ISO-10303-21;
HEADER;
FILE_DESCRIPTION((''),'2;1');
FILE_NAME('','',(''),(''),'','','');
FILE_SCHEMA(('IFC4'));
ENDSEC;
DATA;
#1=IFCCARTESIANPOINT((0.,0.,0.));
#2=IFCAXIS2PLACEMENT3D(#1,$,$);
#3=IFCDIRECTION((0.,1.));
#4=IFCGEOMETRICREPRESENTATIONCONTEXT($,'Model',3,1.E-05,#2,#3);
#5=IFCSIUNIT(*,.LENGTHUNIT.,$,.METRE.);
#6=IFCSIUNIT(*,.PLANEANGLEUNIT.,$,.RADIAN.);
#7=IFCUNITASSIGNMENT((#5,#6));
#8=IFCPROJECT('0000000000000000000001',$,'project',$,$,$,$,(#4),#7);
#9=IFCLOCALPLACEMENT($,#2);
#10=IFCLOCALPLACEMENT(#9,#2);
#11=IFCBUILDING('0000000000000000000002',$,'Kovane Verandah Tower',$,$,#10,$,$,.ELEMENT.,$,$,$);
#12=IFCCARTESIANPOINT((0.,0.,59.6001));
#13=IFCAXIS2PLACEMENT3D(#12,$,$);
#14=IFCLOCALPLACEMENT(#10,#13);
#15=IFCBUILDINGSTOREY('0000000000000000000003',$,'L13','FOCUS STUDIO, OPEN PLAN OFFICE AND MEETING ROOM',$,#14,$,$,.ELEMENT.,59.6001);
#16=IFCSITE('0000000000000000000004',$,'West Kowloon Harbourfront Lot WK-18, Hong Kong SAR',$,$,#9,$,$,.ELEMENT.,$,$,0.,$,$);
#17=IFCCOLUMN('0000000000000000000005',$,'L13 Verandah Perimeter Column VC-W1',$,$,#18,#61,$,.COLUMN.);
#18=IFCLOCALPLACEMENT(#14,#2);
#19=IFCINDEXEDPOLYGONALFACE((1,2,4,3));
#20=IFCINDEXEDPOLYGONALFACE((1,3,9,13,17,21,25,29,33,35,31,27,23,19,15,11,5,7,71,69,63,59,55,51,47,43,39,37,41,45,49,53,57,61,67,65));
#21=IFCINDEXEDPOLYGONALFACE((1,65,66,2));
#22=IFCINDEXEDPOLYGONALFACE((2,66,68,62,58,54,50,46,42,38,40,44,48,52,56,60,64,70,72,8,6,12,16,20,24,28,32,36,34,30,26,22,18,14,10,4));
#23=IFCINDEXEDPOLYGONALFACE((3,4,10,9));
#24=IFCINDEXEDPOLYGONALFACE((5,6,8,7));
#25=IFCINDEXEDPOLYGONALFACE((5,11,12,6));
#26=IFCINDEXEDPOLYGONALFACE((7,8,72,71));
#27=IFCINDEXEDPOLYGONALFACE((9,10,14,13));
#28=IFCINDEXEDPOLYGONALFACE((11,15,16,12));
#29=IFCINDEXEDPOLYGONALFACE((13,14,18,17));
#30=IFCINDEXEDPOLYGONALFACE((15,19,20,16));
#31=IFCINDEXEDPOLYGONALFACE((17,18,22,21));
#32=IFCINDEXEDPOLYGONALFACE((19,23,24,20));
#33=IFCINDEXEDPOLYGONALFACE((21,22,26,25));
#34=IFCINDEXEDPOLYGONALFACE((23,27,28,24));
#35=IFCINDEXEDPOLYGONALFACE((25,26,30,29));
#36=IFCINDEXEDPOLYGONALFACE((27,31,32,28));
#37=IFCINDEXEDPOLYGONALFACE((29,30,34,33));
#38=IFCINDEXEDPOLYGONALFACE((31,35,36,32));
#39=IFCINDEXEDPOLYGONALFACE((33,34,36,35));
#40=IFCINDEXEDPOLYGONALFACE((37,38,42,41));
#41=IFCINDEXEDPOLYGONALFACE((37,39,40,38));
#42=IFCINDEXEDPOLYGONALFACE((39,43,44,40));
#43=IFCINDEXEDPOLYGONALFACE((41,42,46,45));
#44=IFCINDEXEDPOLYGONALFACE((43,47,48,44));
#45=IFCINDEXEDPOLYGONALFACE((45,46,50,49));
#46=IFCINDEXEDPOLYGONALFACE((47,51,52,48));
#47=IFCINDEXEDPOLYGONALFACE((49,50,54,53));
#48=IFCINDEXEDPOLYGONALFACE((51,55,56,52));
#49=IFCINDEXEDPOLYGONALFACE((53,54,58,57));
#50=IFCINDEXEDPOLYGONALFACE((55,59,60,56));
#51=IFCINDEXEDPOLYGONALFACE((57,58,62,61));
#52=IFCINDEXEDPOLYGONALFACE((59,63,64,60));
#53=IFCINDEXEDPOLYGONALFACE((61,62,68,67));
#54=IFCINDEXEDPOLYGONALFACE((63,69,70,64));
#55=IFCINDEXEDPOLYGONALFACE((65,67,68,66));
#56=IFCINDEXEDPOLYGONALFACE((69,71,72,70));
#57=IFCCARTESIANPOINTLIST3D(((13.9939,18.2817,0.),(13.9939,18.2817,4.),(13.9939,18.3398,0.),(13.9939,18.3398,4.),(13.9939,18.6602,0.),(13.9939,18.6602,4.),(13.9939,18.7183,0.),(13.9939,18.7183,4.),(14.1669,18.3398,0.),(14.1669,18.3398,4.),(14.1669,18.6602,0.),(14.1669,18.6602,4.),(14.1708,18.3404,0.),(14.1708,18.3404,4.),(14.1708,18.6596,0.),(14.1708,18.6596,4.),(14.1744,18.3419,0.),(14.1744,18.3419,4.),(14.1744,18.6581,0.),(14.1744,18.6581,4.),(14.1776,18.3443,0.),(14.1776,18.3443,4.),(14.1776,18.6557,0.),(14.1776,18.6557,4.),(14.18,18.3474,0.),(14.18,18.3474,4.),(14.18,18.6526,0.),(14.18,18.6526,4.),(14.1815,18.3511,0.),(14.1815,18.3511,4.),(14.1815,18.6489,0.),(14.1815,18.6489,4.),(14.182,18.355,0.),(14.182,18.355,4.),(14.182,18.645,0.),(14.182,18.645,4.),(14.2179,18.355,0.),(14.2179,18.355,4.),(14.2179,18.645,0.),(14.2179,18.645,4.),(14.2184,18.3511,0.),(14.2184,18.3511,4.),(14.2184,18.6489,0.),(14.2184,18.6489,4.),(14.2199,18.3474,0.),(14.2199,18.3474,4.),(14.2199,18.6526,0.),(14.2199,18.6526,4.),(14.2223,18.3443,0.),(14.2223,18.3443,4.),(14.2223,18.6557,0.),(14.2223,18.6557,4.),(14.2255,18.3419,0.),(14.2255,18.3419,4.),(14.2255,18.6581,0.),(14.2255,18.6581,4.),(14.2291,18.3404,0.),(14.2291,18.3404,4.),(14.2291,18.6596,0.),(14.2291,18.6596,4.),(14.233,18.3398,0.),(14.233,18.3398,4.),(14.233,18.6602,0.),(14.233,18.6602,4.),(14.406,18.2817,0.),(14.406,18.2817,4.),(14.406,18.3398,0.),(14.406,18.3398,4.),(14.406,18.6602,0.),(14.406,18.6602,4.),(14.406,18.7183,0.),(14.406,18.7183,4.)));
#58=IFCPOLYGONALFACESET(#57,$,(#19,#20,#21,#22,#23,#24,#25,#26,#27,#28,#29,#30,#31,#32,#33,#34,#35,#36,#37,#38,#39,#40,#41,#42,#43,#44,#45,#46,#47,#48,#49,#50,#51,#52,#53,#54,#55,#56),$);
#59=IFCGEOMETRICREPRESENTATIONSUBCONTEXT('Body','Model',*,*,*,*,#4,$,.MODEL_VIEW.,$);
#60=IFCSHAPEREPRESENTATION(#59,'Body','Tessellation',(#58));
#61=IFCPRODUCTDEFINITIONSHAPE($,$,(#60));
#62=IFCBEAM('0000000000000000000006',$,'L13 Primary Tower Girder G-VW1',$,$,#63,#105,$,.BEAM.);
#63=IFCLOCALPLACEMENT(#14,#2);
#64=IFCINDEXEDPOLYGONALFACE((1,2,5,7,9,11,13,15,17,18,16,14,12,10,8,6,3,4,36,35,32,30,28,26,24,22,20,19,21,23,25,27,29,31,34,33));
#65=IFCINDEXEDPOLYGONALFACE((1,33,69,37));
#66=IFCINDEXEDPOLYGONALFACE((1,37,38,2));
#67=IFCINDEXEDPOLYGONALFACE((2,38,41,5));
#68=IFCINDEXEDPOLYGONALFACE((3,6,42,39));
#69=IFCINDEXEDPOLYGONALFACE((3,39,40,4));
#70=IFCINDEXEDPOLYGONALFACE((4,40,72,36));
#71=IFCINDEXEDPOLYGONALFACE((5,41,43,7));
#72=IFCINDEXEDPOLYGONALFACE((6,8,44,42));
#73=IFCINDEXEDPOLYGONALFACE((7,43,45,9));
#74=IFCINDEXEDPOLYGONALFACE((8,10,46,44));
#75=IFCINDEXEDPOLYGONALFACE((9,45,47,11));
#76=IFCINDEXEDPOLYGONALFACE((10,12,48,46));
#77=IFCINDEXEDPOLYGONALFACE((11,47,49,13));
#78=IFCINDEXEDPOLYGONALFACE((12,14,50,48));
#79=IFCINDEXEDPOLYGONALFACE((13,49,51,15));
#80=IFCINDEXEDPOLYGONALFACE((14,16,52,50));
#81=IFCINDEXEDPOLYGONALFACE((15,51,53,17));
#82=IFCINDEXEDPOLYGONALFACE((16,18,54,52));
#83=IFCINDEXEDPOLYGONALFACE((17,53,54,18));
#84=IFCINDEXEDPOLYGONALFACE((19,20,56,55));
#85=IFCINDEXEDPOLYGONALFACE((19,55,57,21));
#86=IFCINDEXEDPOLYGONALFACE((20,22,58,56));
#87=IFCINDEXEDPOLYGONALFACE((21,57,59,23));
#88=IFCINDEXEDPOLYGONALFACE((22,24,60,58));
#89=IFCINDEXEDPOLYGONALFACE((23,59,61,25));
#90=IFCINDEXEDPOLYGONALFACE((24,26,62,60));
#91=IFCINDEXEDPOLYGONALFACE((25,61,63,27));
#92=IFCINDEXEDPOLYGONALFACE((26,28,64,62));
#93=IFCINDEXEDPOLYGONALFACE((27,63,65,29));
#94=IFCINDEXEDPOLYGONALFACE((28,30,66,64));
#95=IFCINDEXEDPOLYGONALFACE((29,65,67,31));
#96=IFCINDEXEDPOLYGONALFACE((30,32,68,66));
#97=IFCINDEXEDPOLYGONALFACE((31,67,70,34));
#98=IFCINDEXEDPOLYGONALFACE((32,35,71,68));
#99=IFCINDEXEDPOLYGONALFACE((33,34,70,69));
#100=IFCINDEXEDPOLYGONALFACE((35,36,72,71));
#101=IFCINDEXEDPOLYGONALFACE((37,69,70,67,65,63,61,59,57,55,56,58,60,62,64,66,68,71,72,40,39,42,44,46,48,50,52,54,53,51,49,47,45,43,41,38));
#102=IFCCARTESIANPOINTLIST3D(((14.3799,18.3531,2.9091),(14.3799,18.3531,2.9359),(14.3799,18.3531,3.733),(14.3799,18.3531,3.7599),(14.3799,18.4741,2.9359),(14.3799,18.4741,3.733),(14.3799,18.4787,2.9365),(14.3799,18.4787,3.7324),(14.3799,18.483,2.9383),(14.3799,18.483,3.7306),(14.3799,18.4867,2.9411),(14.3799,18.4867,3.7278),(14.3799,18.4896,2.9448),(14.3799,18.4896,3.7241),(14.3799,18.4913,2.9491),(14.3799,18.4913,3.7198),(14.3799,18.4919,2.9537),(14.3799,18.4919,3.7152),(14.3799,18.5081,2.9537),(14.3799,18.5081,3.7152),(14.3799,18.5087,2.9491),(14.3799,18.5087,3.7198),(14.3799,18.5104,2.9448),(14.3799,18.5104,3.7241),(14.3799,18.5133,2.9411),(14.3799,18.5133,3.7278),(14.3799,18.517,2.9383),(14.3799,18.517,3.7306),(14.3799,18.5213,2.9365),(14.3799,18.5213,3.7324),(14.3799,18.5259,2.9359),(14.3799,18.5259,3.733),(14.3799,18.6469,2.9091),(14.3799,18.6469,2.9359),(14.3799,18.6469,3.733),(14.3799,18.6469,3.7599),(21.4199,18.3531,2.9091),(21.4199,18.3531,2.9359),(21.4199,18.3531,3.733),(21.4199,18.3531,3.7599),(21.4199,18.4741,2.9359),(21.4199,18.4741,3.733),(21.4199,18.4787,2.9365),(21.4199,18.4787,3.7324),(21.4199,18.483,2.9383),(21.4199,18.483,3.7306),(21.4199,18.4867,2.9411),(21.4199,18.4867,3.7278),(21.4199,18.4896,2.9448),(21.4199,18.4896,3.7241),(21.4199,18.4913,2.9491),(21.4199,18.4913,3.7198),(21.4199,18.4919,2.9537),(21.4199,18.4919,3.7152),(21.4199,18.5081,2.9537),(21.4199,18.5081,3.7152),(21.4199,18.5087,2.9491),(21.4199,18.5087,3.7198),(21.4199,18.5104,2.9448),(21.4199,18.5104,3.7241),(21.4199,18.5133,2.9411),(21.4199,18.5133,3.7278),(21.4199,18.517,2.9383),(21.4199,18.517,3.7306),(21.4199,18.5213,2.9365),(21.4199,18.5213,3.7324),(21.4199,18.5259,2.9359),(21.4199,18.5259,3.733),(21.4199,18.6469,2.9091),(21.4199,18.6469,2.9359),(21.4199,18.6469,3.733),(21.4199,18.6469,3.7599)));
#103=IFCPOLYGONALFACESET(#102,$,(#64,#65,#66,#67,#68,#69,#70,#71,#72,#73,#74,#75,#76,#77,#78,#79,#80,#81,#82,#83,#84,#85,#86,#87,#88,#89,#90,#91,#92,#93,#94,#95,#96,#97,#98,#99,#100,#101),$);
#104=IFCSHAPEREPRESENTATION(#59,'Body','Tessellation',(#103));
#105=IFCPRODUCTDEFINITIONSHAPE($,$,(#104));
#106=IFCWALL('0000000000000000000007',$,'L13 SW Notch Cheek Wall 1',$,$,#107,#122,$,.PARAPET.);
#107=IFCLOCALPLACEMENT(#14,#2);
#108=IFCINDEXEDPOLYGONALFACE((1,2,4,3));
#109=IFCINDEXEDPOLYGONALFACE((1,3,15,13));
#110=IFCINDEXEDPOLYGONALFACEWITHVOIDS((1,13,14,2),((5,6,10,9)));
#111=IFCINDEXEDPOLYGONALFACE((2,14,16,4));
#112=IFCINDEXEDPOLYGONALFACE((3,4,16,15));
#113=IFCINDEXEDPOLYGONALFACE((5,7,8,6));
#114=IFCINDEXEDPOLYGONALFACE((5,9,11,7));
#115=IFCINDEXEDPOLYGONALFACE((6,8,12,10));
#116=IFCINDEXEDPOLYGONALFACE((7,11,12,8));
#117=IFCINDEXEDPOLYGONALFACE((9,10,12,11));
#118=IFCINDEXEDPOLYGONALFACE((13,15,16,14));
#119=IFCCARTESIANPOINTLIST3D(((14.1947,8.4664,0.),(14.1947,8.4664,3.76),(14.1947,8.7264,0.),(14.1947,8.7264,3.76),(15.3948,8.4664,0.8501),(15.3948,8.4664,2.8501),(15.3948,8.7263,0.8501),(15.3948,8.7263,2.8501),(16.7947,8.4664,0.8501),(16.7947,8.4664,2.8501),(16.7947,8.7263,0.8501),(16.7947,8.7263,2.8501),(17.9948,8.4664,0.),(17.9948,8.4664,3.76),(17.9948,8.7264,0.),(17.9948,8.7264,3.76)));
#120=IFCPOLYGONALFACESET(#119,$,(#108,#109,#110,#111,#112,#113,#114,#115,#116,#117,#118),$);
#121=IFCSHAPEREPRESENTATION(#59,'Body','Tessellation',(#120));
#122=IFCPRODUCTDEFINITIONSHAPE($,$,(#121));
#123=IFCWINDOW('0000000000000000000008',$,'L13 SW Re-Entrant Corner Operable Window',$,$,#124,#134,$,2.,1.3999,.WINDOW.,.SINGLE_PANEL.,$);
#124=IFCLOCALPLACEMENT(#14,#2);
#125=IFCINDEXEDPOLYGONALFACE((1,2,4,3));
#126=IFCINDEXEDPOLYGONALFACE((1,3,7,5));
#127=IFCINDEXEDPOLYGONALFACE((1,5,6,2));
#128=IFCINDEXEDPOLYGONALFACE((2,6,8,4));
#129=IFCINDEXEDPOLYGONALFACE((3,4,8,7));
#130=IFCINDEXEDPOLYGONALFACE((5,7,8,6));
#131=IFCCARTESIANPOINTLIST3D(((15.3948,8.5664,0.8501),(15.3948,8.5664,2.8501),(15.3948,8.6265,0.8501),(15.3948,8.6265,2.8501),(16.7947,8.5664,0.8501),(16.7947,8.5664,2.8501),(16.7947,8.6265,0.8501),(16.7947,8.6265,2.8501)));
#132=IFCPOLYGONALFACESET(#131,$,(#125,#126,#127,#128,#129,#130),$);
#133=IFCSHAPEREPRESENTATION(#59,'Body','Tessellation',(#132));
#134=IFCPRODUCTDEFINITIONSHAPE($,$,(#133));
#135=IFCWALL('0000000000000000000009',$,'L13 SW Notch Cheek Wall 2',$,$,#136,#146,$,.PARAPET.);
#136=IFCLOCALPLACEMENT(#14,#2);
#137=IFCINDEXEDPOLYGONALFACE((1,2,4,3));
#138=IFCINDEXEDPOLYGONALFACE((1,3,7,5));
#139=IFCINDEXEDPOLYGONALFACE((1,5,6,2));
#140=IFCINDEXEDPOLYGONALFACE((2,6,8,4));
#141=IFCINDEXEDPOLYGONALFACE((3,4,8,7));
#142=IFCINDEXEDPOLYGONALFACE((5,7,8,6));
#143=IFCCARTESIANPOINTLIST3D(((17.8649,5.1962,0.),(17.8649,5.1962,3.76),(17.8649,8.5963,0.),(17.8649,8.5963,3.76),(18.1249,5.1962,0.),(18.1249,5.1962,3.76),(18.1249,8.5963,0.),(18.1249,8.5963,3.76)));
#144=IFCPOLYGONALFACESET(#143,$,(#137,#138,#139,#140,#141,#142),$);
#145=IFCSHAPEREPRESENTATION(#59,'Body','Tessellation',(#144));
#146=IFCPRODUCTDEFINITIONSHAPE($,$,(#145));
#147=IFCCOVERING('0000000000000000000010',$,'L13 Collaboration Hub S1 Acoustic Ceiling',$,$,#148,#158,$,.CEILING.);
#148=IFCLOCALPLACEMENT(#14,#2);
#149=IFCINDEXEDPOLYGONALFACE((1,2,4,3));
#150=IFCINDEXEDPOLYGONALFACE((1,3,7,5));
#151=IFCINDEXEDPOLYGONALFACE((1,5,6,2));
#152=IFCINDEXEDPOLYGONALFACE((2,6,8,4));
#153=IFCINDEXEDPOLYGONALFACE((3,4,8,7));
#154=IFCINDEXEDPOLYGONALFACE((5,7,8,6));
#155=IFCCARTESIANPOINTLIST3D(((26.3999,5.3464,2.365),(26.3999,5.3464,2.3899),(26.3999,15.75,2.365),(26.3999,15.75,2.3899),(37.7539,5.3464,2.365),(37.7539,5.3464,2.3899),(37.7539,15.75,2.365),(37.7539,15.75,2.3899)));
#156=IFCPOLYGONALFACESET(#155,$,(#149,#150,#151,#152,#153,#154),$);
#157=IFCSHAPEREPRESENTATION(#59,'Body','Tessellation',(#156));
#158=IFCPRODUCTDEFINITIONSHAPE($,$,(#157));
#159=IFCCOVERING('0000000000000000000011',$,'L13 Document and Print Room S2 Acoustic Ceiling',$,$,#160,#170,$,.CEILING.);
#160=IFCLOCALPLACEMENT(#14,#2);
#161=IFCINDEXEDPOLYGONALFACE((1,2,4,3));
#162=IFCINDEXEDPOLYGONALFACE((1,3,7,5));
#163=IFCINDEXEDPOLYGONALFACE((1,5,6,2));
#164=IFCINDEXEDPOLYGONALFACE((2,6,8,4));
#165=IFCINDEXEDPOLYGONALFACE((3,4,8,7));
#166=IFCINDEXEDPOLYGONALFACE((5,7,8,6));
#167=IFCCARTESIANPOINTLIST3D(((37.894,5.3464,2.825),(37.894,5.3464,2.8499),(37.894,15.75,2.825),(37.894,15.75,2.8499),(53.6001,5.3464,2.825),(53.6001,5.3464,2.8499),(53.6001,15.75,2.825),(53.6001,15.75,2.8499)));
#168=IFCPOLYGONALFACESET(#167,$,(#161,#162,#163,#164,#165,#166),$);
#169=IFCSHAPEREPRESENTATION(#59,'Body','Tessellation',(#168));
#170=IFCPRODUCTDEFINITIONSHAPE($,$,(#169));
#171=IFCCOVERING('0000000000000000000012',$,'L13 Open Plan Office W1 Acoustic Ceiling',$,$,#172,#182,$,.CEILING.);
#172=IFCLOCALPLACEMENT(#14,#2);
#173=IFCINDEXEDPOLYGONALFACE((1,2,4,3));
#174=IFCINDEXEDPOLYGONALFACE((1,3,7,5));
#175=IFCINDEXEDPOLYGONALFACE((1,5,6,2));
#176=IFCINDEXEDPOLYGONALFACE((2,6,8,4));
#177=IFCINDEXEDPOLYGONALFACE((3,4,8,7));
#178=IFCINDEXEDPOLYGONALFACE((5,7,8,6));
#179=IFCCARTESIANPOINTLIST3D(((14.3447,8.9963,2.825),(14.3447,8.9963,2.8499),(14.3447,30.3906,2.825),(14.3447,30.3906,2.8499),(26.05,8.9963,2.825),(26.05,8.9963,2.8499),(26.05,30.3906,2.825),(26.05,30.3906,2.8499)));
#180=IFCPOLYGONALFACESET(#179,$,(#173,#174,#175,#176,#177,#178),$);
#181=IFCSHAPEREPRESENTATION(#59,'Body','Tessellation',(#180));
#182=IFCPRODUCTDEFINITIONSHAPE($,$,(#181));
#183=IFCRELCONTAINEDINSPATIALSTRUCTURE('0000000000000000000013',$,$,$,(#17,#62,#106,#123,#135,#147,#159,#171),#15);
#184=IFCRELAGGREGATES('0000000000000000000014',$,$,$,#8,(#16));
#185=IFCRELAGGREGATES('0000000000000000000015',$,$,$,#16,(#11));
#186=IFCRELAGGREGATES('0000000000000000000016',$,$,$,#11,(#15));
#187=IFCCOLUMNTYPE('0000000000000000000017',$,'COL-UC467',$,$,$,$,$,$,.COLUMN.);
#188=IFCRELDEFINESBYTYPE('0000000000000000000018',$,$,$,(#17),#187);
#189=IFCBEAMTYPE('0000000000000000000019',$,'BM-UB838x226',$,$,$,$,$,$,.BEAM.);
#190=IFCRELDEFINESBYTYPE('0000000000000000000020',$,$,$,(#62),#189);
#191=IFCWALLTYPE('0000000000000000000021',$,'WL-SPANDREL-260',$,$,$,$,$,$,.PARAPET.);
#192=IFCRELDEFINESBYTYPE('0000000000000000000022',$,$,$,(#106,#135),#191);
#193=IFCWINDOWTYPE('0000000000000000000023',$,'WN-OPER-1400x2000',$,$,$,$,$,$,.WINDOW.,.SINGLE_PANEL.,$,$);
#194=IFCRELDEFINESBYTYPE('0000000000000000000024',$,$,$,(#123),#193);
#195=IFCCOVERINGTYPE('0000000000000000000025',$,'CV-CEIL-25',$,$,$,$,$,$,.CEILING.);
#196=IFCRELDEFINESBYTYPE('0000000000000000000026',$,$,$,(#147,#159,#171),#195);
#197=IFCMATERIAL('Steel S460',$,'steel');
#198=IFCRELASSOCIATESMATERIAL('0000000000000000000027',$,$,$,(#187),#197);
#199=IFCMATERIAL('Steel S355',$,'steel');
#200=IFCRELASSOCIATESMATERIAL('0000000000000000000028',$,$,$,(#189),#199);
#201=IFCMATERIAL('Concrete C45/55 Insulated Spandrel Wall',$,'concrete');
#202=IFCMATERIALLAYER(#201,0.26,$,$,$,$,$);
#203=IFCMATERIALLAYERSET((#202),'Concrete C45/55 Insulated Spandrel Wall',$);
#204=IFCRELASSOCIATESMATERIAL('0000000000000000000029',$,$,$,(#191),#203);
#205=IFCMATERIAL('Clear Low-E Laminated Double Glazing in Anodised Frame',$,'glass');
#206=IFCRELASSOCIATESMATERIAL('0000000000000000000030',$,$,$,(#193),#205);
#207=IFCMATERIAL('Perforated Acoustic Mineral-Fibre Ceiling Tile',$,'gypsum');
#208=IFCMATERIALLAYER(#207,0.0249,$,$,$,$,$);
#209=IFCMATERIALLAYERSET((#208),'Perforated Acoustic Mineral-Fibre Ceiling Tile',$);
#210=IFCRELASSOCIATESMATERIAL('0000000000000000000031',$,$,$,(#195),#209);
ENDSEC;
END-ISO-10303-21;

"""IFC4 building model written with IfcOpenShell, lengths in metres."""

from ifc_helpers import new_model, si_unit, direction, frame, frame_2d, origin, origin_2d, place, context, subcontext, project, spatial, polyline, rectangle, i_section, outline, extrude, material, layer, layer_set, material_profile, profile_set, type_object, element, fill, save


model = new_model("IFC4")

# Units and contexts
model_context = context("Model", 3, precision=1e-05, world=origin(), true_north=direction((0.0, 1.0)))
body_context = subcontext(model_context, "Body", "Model", "MODEL_VIEW")
ifc_project = project(units=[si_unit("LENGTHUNIT", "METRE"), si_unit("PLANEANGLEUNIT", "RADIAN")], contexts=[model_context])

# Site, building, storey
site_placement = place(None, origin())
site = spatial("IfcSite", under=ifc_project, at=site_placement, Name="West Kowloon Harbourfront Lot WK-18, Hong Kong SAR", CompositionType="ELEMENT", RefElevation=0.0)
building_placement = place(site_placement, origin())
building = spatial("IfcBuilding", under=site, at=building_placement, Name="Kovane Verandah Tower", CompositionType="ELEMENT")
storey_placement = place(building_placement, frame((0.0, 0.0, 59.6001)))
storey = spatial("IfcBuildingStorey", under=building, at=storey_placement, Name="L13", Description="FOCUS STUDIO, OPEN PLAN OFFICE AND MEETING ROOM", CompositionType="ELEMENT", Elevation=59.6001)

# Column
ifc_material_1 = material(Name="Steel S460", Category="steel")
ifc_material_profile_1 = material_profile(ifc_material_1, i_section(OverallWidth=0.4121, OverallDepth=0.4365, WebThickness=0.0359, FlangeThickness=0.0581, FilletRadius=0.0151, at=origin_2d()), Name="UC356x406x467")
ifc_profile_set_1 = profile_set([ifc_material_profile_1], Name="Steel S460")
column_type = type_object("IfcColumnType", Name="COL-UC467", PredefinedType="COLUMN", material=ifc_profile_set_1)
column_placement = place(storey_placement, frame((14.2, 18.5, 0.0), z_axis=(0.0, 0.0, 1.0), x_axis=(1.0, 0.0, 0.0)))
element("IfcColumn", 1, at=column_placement, inside=storey, type_object=column_type, Name="L13 Verandah Perimeter Column VC-W1", PredefinedType="COLUMN", context=body_context, shape_type="SweptSolid", body=[
    extrude(i_section(OverallWidth=0.4121, OverallDepth=0.4365, WebThickness=0.0359, FlangeThickness=0.0581, FilletRadius=0.0151, at=origin_2d()), origin(), (0.0, 0.0, 1.0), 4.0),
])

# Beam
ifc_material_2 = material(Name="Steel S355", Category="steel")
ifc_material_profile_2 = material_profile(ifc_material_2, i_section(OverallWidth=0.2937, OverallDepth=0.8508, WebThickness=0.0161, FlangeThickness=0.0269, FilletRadius=0.0178, at=origin_2d()), Name="UB838x292x226")
ifc_profile_set_2 = profile_set([ifc_material_profile_2], Name="Steel S355")
beam_type = type_object("IfcBeamType", Name="BM-UB838x226", PredefinedType="BEAM", material=ifc_profile_set_2)
beam_placement = place(storey_placement, frame((21.4199, 18.5, 3.3345), z_axis=(-1.0, 0.0, 0.0), x_axis=(0.0, -1.0, 0.0)))
element("IfcBeam", 2, at=beam_placement, inside=storey, type_object=beam_type, Name="L13 Primary Tower Girder G-VW1", PredefinedType="BEAM", context=body_context, shape_type="SweptSolid", body=[
    extrude(i_section(OverallWidth=0.2937, OverallDepth=0.8508, WebThickness=0.0161, FlangeThickness=0.0269, FilletRadius=0.0178, at=origin_2d()), origin(), (0.0, 0.0, 1.0), 7.04),
])

# Shared definitions
ifc_material_3 = material(Name="Concrete C45/55 Insulated Spandrel Wall", Category="concrete")
ifc_layer_1 = layer(ifc_material_3, 0.26)
ifc_layer_set_1 = layer_set([ifc_layer_1], Name="Concrete C45/55 Insulated Spandrel Wall")
wall_type = type_object("IfcWallType", Name="WL-SPANDREL-260", PredefinedType="PARAPET", material=ifc_layer_set_1)
ifc_material_4 = material(Name="Clear Low-E Laminated Double Glazing in Anodised Frame", Category="glass")

# Wall, opening, window
wall_1_placement = place(storey_placement, frame((14.1948, 8.5964, 0.0), z_axis=(0.0, 0.0, 1.0), x_axis=(1.0, 0.0, 0.0)))
wall_1 = element("IfcWall", 3, at=wall_1_placement, inside=storey, type_object=wall_type, Name="L13 SW Notch Cheek Wall 1", PredefinedType="PARAPET", context=body_context, shape_type="SweptSolid", body=[
    extrude(rectangle(XDim=3.8, YDim=0.26, at=frame_2d((1.8999, 0.0))), origin(), (0.0, 0.0, 1.0), 3.76),
])
opening_1_placement = place(wall_1_placement, frame((1.2, 0.0, 0.8501)))
opening_1 = element("IfcOpeningElement", 4, at=opening_1_placement, cuts=wall_1, PredefinedType="OPENING", context=body_context, shape_type="SweptSolid", body=[
    extrude(rectangle(XDim=1.3999, YDim=2.0, at=frame_2d((0.7, 1.0))), frame((0.0, 0.1299, 0.0), z_axis=(0.0, -1.0, 0.0), x_axis=(1.0, 0.0, 0.0)), (0.0, 0.0, 1.0), 0.26),
])
window_type_1 = type_object("IfcWindowType", Name="WN-OPER-1400x2000", PartitioningType="SINGLE_PANEL", PredefinedType="WINDOW", material=ifc_material_4)
window_1_placement = place(opening_1_placement, origin())
window_1 = element("IfcWindow", 5, at=window_1_placement, inside=storey, type_object=window_type_1, Name="L13 SW Re-Entrant Corner Operable Window", OverallHeight=2.0, OverallWidth=1.3999, PartitioningType="SINGLE_PANEL", PredefinedType="WINDOW", context=body_context, shape_type="SweptSolid", body=[
    extrude(rectangle(XDim=1.3999, YDim=2.0, at=frame_2d((0.7, 1.0))), frame((0.0, 0.03, 0.0), z_axis=(0.0, -1.0, 0.0), x_axis=(1.0, 0.0, 0.0)), (0.0, 0.0, 1.0), 0.0601),
])
fill(opening_1, window_1)

# Wall
wall_2_placement = place(storey_placement, frame((17.9949, 8.5964, 0.0), z_axis=(0.0, 0.0, 1.0), x_axis=(0.0, -1.0, 0.0)))
element("IfcWall", 6, at=wall_2_placement, inside=storey, type_object=wall_type, Name="L13 SW Notch Cheek Wall 2", PredefinedType="PARAPET", context=body_context, shape_type="SweptSolid", body=[
    extrude(rectangle(XDim=3.4001, YDim=0.26, at=frame_2d((1.7002, 0.0))), origin(), (0.0, 0.0, 1.0), 3.76),
])

# Coverings
ifc_material_5 = material(Name="Perforated Acoustic Mineral-Fibre Ceiling Tile", Category="gypsum")
ifc_layer_2 = layer(ifc_material_5, 0.0249)
ifc_layer_set_2 = layer_set([ifc_layer_2], Name="Perforated Acoustic Mineral-Fibre Ceiling Tile")
covering_type_1 = type_object("IfcCoveringType", Name="CV-CEIL-25", PredefinedType="CEILING", material=ifc_layer_set_2)
covering_1_placement = place(storey_placement, frame((0.0, 0.0, 2.365)))
element("IfcCovering", 7, at=covering_1_placement, inside=storey, type_object=covering_type_1, Name="L13 Collaboration Hub S1 Acoustic Ceiling", PredefinedType="CEILING", context=body_context, shape_type="SweptSolid", body=[
    extrude(outline(polyline([(26.3999, 5.3464), (37.7539, 5.3464), (37.7539, 15.75), (26.3999, 15.75), (26.3999, 5.3464)])), origin(), (0.0, 0.0, 1.0), 0.0249),
])
covering_2_placement = place(storey_placement, frame((0.0, 0.0, 2.825)))
element("IfcCovering", 8, at=covering_2_placement, inside=storey, type_object=covering_type_1, Name="L13 Document and Print Room S2 Acoustic Ceiling", PredefinedType="CEILING", context=body_context, shape_type="SweptSolid", body=[
    extrude(outline(polyline([(37.894, 5.3464), (53.6001, 5.3464), (53.6001, 15.75), (37.894, 15.75), (37.894, 5.3464)])), origin(), (0.0, 0.0, 1.0), 0.0249),
])
covering_3_placement = place(storey_placement, frame((0.0, 0.0, 2.825)))
element("IfcCovering", 9, at=covering_3_placement, inside=storey, type_object=covering_type_1, Name="L13 Open Plan Office W1 Acoustic Ceiling", PredefinedType="CEILING", context=body_context, shape_type="SweptSolid", body=[
    extrude(outline(polyline([(14.3447, 8.9963), (26.05, 8.9963), (26.05, 30.3906), (14.3447, 30.3906), (14.3447, 8.9963)])), origin(), (0.0, 0.0, 1.0), 0.0249),
])

save(model, "model.ifc")
